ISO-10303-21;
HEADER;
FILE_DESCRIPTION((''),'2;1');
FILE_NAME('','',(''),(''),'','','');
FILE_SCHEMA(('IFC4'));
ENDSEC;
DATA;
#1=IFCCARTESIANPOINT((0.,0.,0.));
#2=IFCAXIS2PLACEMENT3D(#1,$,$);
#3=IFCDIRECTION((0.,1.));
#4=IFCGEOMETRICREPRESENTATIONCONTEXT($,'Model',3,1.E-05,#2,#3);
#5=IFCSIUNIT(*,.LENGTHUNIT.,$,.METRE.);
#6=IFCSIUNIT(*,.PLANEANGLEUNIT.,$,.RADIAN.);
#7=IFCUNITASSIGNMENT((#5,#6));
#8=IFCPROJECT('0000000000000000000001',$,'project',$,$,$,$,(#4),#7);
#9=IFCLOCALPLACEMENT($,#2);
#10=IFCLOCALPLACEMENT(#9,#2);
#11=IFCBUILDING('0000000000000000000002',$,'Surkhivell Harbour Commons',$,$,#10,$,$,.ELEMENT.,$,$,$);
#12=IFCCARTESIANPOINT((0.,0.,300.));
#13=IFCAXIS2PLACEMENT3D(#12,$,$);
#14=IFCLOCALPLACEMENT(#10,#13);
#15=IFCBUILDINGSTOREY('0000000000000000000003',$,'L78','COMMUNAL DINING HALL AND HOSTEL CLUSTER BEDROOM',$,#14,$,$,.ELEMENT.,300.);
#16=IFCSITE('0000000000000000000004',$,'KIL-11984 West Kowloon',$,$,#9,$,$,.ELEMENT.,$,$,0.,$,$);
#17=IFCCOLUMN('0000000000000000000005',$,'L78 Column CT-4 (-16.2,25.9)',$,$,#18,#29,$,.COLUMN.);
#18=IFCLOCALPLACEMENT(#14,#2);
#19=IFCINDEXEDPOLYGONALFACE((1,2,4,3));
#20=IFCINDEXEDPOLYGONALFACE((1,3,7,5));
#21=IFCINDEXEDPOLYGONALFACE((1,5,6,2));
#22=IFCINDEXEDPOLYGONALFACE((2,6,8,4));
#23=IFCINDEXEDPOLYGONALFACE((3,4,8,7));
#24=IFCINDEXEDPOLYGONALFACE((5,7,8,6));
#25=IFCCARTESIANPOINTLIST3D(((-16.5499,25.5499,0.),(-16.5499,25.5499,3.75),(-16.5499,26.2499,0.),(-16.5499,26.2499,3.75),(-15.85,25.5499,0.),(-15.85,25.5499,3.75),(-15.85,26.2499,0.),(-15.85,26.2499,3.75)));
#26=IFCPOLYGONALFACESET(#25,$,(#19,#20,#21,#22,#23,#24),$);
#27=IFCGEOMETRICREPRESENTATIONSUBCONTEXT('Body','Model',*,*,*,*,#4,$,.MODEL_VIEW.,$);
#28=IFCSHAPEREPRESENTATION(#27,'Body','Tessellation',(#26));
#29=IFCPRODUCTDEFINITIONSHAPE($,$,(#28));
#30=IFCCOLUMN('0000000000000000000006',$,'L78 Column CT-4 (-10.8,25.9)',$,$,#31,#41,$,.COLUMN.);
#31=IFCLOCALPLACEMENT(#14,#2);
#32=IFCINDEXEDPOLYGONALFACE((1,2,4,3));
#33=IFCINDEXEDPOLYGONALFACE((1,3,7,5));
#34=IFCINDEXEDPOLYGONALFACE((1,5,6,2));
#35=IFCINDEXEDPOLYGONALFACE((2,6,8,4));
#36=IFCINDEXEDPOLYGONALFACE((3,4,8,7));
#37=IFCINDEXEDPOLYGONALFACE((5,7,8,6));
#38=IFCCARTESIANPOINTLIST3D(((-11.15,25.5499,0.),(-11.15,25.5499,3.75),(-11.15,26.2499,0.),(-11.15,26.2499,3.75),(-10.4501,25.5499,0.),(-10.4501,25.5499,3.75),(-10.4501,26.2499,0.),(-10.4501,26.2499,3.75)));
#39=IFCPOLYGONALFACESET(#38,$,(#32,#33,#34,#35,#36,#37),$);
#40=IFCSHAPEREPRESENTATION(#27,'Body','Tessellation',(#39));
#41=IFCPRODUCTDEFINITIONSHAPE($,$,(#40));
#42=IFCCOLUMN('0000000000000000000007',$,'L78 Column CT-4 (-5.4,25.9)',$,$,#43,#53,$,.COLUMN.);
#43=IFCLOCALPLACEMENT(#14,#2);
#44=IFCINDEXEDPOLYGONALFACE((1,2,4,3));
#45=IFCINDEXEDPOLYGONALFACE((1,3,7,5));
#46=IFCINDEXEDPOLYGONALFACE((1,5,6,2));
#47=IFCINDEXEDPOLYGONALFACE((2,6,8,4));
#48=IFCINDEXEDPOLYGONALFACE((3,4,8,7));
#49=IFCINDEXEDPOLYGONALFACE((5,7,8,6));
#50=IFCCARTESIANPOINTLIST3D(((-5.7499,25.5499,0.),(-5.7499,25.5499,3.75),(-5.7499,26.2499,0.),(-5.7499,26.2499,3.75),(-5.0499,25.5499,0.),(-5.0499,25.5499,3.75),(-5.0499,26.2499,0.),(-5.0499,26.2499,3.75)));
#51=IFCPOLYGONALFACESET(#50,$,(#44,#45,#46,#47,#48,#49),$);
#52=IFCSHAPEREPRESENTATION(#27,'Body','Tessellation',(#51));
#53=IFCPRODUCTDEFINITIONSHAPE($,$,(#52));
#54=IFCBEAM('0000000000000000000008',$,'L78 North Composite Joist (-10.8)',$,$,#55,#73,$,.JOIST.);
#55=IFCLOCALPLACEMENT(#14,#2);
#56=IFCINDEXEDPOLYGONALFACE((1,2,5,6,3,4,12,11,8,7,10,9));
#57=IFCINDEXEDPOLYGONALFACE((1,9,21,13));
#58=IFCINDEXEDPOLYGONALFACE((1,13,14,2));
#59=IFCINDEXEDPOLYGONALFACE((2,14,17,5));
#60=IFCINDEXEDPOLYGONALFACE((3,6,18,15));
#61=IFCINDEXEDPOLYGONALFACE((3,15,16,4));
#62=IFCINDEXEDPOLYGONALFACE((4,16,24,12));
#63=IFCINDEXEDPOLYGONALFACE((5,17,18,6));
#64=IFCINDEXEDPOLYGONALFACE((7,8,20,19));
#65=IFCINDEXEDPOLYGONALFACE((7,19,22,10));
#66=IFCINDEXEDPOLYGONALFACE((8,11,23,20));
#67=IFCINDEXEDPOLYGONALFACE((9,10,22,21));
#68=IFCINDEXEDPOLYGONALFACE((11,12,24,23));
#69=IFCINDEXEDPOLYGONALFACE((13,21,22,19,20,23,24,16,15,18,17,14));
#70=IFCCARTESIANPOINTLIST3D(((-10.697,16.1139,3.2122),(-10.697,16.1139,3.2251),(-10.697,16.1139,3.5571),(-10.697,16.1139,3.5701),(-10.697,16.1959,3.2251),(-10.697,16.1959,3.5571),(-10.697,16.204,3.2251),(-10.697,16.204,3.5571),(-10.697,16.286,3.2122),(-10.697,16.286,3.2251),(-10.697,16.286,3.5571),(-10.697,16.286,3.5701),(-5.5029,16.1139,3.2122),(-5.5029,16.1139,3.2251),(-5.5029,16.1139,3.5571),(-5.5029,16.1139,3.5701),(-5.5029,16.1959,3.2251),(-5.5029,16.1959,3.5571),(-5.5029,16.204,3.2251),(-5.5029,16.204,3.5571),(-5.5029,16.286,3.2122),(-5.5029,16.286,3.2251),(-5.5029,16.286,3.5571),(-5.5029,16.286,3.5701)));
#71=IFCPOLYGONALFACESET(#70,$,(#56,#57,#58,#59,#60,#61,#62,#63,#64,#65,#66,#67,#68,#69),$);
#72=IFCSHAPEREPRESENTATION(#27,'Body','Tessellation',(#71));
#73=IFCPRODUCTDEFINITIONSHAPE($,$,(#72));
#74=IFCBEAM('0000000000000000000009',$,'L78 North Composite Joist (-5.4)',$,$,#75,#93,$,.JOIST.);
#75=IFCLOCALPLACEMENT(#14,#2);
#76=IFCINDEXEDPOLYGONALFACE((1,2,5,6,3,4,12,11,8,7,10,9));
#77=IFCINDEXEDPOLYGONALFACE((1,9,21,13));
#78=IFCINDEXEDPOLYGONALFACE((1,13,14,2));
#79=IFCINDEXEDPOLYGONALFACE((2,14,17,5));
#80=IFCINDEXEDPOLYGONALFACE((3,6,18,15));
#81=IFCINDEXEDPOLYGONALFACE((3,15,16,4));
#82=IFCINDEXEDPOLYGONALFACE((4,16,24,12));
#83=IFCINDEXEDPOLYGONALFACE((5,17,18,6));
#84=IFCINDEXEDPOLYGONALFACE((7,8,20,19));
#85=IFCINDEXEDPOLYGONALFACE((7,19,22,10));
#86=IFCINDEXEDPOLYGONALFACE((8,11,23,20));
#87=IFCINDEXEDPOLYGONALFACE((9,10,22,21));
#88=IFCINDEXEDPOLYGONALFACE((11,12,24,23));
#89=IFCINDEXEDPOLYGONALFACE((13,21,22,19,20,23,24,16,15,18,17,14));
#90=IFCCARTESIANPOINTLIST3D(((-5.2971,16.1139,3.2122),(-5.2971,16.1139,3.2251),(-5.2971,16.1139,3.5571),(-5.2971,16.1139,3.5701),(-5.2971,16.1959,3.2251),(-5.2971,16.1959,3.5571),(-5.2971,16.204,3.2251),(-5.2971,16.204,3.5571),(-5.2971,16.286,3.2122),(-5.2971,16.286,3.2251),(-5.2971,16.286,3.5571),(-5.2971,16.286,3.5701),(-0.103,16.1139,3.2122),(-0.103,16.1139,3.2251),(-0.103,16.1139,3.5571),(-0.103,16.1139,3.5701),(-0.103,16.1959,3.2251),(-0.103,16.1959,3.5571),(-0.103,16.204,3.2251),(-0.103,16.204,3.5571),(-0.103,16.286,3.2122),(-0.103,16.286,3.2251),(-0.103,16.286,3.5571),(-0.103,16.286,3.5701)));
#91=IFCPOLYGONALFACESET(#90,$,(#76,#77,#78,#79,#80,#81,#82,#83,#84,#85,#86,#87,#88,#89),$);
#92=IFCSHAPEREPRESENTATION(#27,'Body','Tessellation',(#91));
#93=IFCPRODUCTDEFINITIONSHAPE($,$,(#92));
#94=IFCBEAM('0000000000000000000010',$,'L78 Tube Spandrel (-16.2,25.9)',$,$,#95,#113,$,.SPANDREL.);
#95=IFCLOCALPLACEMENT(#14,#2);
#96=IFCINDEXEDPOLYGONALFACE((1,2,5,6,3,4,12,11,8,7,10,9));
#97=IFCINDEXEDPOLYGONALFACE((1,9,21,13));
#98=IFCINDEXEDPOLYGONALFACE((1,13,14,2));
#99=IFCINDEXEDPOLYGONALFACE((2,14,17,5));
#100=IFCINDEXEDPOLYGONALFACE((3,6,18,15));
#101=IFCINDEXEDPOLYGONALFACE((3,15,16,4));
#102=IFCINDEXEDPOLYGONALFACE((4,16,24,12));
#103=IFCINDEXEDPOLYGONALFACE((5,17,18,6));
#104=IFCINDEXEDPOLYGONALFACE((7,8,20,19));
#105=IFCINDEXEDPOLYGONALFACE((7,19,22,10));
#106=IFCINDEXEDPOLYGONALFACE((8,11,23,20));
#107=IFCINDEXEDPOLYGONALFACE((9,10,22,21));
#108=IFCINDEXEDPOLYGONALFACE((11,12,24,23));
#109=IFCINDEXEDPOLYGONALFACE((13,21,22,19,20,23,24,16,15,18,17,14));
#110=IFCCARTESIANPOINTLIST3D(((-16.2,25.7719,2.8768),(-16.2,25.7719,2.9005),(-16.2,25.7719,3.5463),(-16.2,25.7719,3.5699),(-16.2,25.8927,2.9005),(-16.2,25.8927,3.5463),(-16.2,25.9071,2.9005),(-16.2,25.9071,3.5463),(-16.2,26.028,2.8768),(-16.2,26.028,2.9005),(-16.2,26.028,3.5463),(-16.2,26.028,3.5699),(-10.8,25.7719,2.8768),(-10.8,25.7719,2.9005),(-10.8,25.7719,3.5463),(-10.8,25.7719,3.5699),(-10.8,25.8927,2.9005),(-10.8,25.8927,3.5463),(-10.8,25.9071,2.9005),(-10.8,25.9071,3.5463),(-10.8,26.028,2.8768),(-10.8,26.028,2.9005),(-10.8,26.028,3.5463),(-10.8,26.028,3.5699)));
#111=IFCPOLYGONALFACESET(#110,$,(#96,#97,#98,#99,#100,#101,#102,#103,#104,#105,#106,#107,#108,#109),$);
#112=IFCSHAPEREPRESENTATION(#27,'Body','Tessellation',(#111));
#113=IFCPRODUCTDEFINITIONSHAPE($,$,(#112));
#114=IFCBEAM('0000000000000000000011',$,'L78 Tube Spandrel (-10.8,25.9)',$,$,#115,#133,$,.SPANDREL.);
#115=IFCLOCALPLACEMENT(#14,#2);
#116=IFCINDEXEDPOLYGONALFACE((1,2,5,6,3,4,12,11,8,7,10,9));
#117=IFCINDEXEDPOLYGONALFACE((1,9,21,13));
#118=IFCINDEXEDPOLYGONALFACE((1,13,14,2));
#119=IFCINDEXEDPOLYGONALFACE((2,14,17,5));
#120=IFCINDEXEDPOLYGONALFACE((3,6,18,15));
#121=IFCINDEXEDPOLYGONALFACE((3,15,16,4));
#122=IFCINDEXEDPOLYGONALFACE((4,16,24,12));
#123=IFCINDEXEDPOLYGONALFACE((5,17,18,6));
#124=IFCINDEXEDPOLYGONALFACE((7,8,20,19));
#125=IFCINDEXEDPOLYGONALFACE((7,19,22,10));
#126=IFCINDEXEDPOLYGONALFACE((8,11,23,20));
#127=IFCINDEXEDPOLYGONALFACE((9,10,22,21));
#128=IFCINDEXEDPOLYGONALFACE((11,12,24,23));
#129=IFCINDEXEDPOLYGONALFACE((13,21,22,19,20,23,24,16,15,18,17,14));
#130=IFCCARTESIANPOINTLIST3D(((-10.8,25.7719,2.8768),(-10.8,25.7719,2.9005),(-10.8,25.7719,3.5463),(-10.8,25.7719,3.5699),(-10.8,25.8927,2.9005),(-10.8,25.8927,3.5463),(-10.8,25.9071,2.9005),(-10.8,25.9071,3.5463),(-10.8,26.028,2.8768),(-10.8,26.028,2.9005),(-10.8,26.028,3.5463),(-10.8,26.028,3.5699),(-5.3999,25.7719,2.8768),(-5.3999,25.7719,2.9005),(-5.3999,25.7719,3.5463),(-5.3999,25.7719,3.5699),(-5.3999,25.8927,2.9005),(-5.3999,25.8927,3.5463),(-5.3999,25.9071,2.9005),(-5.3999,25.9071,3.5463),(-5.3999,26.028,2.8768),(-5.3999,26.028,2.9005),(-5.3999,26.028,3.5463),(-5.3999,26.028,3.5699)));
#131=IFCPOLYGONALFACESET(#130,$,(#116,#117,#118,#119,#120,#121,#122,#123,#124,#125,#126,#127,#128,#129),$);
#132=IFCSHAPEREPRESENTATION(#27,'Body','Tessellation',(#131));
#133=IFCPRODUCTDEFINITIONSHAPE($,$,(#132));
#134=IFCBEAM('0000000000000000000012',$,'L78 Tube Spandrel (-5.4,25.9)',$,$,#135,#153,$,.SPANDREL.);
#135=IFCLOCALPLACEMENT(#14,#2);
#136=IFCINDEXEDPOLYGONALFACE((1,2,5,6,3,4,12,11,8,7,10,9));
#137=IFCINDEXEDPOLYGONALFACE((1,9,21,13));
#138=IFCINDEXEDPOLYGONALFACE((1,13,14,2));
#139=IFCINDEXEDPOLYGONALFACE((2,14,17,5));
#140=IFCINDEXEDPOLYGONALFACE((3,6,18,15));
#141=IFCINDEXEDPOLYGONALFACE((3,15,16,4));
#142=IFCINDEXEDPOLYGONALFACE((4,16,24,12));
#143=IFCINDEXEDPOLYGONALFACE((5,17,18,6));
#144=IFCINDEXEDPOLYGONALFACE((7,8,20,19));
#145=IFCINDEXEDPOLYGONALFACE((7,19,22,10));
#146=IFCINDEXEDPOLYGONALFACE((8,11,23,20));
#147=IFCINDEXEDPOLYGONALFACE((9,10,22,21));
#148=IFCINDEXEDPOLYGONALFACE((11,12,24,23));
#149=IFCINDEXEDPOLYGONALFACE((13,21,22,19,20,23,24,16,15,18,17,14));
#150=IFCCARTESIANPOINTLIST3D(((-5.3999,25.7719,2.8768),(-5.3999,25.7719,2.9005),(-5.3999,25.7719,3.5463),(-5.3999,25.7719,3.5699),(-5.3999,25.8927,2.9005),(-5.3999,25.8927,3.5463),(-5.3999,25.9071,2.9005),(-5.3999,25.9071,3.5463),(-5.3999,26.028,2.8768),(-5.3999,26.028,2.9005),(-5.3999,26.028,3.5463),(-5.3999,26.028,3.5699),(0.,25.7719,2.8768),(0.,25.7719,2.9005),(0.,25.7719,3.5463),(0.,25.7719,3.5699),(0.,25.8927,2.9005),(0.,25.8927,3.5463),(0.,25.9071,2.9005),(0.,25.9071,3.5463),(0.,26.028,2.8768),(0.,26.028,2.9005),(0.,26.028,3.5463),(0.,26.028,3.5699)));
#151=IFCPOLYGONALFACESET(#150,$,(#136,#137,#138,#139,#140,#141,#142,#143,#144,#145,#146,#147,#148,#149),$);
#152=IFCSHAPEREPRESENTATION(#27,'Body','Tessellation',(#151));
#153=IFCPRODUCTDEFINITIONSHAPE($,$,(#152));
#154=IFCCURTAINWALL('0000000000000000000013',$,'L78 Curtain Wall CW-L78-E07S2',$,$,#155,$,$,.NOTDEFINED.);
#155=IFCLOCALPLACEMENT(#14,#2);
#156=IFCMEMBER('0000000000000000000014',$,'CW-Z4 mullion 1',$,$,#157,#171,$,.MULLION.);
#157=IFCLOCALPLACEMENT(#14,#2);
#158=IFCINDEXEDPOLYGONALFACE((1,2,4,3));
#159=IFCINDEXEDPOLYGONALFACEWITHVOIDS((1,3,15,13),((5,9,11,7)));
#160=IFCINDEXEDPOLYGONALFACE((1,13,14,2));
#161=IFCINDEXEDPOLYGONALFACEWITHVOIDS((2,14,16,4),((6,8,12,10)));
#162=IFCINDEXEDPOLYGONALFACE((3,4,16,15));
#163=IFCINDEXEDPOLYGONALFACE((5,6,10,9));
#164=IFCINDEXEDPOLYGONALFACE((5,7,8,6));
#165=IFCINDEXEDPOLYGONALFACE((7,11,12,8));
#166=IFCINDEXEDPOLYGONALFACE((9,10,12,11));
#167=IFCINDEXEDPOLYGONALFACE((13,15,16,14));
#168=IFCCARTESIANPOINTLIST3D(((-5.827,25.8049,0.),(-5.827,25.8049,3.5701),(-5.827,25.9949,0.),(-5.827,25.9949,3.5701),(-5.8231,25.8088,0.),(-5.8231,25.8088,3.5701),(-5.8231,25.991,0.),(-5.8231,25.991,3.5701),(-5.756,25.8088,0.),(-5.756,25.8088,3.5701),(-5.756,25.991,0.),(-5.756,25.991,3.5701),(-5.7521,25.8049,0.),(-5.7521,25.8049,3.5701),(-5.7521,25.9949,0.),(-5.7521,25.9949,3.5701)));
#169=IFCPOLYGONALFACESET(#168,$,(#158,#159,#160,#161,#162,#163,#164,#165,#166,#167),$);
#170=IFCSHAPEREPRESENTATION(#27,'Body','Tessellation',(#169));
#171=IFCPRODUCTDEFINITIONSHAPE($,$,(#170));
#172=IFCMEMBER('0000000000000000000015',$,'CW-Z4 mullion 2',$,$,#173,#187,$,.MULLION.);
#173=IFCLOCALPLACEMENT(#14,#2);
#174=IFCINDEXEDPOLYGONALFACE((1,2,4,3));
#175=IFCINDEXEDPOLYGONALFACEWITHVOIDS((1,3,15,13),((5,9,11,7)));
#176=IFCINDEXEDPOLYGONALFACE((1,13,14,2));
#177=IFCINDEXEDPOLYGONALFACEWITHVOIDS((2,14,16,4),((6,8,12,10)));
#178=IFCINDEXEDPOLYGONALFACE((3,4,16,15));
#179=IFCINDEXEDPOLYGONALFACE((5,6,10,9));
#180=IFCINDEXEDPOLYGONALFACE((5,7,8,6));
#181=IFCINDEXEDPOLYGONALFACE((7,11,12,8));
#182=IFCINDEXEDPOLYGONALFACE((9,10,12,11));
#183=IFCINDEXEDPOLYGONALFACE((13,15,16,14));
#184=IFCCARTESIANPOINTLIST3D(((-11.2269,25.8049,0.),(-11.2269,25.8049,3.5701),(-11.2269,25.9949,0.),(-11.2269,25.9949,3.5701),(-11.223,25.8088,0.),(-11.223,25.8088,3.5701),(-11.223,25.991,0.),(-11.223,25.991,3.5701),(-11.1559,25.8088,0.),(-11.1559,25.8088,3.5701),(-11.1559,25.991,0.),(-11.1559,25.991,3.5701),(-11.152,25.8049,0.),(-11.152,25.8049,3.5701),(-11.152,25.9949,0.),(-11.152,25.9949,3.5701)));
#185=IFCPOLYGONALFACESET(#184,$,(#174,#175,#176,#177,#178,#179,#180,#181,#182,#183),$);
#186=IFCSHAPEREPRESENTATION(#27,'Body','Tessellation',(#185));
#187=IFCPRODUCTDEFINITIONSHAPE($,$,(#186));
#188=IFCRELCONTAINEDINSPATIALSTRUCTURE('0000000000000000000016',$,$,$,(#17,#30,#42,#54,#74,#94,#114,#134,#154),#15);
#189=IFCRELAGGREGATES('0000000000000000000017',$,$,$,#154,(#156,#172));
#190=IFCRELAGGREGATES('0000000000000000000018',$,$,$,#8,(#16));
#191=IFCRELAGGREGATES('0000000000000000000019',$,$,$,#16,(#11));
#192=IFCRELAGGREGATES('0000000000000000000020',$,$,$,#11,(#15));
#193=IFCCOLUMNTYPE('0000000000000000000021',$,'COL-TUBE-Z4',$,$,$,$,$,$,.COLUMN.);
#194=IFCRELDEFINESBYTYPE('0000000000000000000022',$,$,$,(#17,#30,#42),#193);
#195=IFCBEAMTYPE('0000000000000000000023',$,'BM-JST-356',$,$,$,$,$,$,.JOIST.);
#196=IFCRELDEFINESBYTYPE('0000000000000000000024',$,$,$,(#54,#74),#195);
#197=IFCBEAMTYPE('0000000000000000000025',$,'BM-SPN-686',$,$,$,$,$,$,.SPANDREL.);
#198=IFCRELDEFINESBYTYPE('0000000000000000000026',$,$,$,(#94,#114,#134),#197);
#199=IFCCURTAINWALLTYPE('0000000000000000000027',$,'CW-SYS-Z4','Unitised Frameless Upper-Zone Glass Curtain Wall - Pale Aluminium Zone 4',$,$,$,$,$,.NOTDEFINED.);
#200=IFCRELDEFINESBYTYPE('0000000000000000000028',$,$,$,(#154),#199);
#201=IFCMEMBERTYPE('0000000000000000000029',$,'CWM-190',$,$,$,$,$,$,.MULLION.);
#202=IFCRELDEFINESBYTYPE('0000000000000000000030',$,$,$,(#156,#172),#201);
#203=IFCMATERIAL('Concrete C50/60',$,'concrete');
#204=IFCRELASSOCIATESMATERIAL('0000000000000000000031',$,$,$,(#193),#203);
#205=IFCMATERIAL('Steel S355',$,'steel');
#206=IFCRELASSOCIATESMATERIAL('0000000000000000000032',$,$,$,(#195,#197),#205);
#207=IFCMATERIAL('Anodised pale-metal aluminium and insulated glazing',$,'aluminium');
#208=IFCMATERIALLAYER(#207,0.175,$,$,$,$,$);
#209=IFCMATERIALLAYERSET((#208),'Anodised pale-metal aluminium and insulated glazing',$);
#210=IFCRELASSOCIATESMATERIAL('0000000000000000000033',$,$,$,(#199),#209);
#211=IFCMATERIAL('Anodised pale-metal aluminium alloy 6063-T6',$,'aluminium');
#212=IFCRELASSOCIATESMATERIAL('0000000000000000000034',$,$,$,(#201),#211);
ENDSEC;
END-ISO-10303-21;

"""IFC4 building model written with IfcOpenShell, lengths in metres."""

from ifc_helpers import new_model, si_unit, direction, frame, origin, origin_2d, place, context, subcontext, project, spatial, rectangle, hollow_rectangle, i_section, extrude, material, layer, layer_set, material_profile, profile_set, type_object, element, aggregate, save


model = new_model("IFC4")

# Units and contexts
model_context = context("Model", 3, precision=1e-05, world=origin(), true_north=direction((0.0, 1.0)))
body_context = subcontext(model_context, "Body", "Model", "MODEL_VIEW")
ifc_project = project(units=[si_unit("LENGTHUNIT", "METRE"), si_unit("PLANEANGLEUNIT", "RADIAN")], contexts=[model_context])

# Site, building, storey
site_placement = place(None, origin())
site = spatial("IfcSite", under=ifc_project, at=site_placement, Name="KIL-11984 West Kowloon", CompositionType="ELEMENT", RefElevation=0.0)
building_placement = place(site_placement, origin())
building = spatial("IfcBuilding", under=site, at=building_placement, Name="Surkhivell Harbour Commons", CompositionType="ELEMENT")
storey_placement = place(building_placement, frame((0.0, 0.0, 300.0)))
storey = spatial("IfcBuildingStorey", under=building, at=storey_placement, Name="L78", Description="COMMUNAL DINING HALL AND HOSTEL CLUSTER BEDROOM", CompositionType="ELEMENT", Elevation=300.0)

# Columns
ifc_material_1 = material(Name="Concrete C50/60", Category="concrete")
ifc_material_profile_1 = material_profile(ifc_material_1, rectangle(XDim=0.7, YDim=0.7, at=origin_2d()), Name="RC-COL-700x700")
ifc_profile_set_1 = profile_set([ifc_material_profile_1], Name="Concrete C50/60")
column_type = type_object("IfcColumnType", Name="COL-TUBE-Z4", PredefinedType="COLUMN", material=ifc_profile_set_1)
for number, where, z_axis, x_axis, name in (
    (1, (-16.2, 25.8999, 0.0), (0.0, 0.0, 1.0), (1.0, 0.0, 0.0), "L78 Column CT-4 (-16.2,25.9)"),
    (2, (-10.8, 25.8999, 0.0), (0.0, 0.0, 1.0), (1.0, 0.0, 0.0), "L78 Column CT-4 (-10.8,25.9)"),
    (3, (-5.3999, 25.8999, 0.0), (0.0, 0.0, 1.0), (1.0, 0.0, 0.0), "L78 Column CT-4 (-5.4,25.9)"),
):
    element("IfcColumn", number, at=place(storey_placement, frame(where, z_axis=z_axis, x_axis=x_axis)), inside=storey, type_object=column_type, Name=name, PredefinedType="COLUMN", context=body_context, shape_type="SweptSolid", body=[
        extrude(rectangle(XDim=0.7, YDim=0.7, at=origin_2d()), origin(), (0.0, 0.0, 1.0), 3.75),
    ])

# Beams
ifc_material_2 = material(Name="Steel S355", Category="steel")
ifc_material_profile_2 = material_profile(ifc_material_2, i_section(OverallWidth=0.1721, OverallDepth=0.3579, WebThickness=0.0081, FlangeThickness=0.0129, at=origin_2d()), Name="UB356x171x57")
ifc_profile_set_2 = profile_set([ifc_material_profile_2], Name="Steel S355")
beam_type_1 = type_object("IfcBeamType", Name="BM-JST-356", PredefinedType="JOIST", material=ifc_profile_set_2)
for number, where, z_axis, x_axis, name in (
    (4, (-10.697, 16.2, 3.3911), (1.0, 0.0, 0.0), (0.0, 1.0, 0.0), "L78 North Composite Joist (-10.8)"),
    (5, (-5.2971, 16.2, 3.3911), (1.0, 0.0, 0.0), (0.0, 1.0, 0.0), "L78 North Composite Joist (-5.4)"),
):
    element("IfcBeam", number, at=place(storey_placement, frame(where, z_axis=z_axis, x_axis=x_axis)), inside=storey, type_object=beam_type_1, Name=name, PredefinedType="JOIST", context=body_context, shape_type="SweptSolid", body=[
        extrude(i_section(OverallWidth=0.1721, OverallDepth=0.3579, WebThickness=0.0081, FlangeThickness=0.0129, at=origin_2d()), origin(), (0.0, 0.0, 1.0), 5.1941),
    ])
ifc_material_profile_3 = material_profile(ifc_material_2, i_section(OverallWidth=0.2561, OverallDepth=0.6931, WebThickness=0.0144, FlangeThickness=0.0237, at=origin_2d()), Name="UB686x254x170")
ifc_profile_set_3 = profile_set([ifc_material_profile_3], Name="Steel S355")
beam_type_2 = type_object("IfcBeamType", Name="BM-SPN-686", PredefinedType="SPANDREL", material=ifc_profile_set_3)
beam_1_placement = place(storey_placement, frame((-16.2, 25.8999, 3.2234), z_axis=(1.0, 0.0, 0.0), x_axis=(0.0, 1.0, 0.0)))
element("IfcBeam", 6, at=beam_1_placement, inside=storey, type_object=beam_type_2, Name="L78 Tube Spandrel (-16.2,25.9)", PredefinedType="SPANDREL", context=body_context, shape_type="SweptSolid", body=[
    extrude(i_section(OverallWidth=0.2561, OverallDepth=0.6931, WebThickness=0.0144, FlangeThickness=0.0237, at=origin_2d()), origin(), (0.0, 0.0, 1.0), 5.3999),
])
beam_2_placement = place(storey_placement, frame((-10.8, 25.8999, 3.2234), z_axis=(1.0, 0.0, 0.0), x_axis=(0.0, 1.0, 0.0)))
element("IfcBeam", 7, at=beam_2_placement, inside=storey, type_object=beam_type_2, Name="L78 Tube Spandrel (-10.8,25.9)", PredefinedType="SPANDREL", context=body_context, shape_type="SweptSolid", body=[
    extrude(i_section(OverallWidth=0.2561, OverallDepth=0.6931, WebThickness=0.0144, FlangeThickness=0.0237, at=origin_2d()), origin(), (0.0, 0.0, 1.0), 5.4001),
])
beam_3_placement = place(storey_placement, frame((-5.3999, 25.8999, 3.2234), z_axis=(1.0, 0.0, 0.0), x_axis=(0.0, 1.0, 0.0)))
element("IfcBeam", 8, at=beam_3_placement, inside=storey, type_object=beam_type_2, Name="L78 Tube Spandrel (-5.4,25.9)", PredefinedType="SPANDREL", context=body_context, shape_type="SweptSolid", body=[
    extrude(i_section(OverallWidth=0.2561, OverallDepth=0.6931, WebThickness=0.0144, FlangeThickness=0.0237, at=origin_2d()), origin(), (0.0, 0.0, 1.0), 5.3999),
])

# Curtain wall, members
ifc_material_3 = material(Name="Anodised pale-metal aluminium and insulated glazing", Category="aluminium")
ifc_layer_1 = layer(ifc_material_3, 0.175)
ifc_layer_set_1 = layer_set([ifc_layer_1], Name="Anodised pale-metal aluminium and insulated glazing")
curtain_wall_type = type_object("IfcCurtainWallType", Name="CW-SYS-Z4", Description="Unitised Frameless Upper-Zone Glass Curtain Wall - Pale Aluminium Zone 4", PredefinedType="NOTDEFINED", material=ifc_layer_set_1)
curtain_wall_placement = place(storey_placement, origin())
curtain_wall = element("IfcCurtainWall", 9, at=curtain_wall_placement, inside=storey, type_object=curtain_wall_type, Name="L78 Curtain Wall CW-L78-E07S2", PredefinedType="NOTDEFINED")
ifc_material_4 = material(Name="Anodised pale-metal aluminium alloy 6063-T6", Category="aluminium")
ifc_material_profile_4 = material_profile(ifc_material_4, hollow_rectangle(XDim=0.075, YDim=0.1899, WallThickness=0.0039, at=origin_2d()), Name="ALU-MULL-75x190")
ifc_profile_set_4 = profile_set([ifc_material_profile_4], Name="Anodised pale-metal aluminium alloy 6063-T6")
member_type_1 = type_object("IfcMemberType", Name="CWM-190", PredefinedType="MULLION", material=ifc_profile_set_4)
member_1_placement = place(storey_placement, frame((-5.7896, 25.8999, 0.0), z_axis=(0.0, 0.0, 1.0), x_axis=(-1.0, 0.0, 0.0)))
member_1 = element("IfcMember", 10, at=member_1_placement, type_object=member_type_1, Name="CW-Z4 mullion 1", PredefinedType="MULLION", context=body_context, shape_type="SweptSolid", body=[
    extrude(hollow_rectangle(XDim=0.075, YDim=0.1899, WallThickness=0.0039, at=origin_2d()), origin(), (0.0, 0.0, 1.0), 3.5701),
])
member_2_placement = place(storey_placement, frame((-11.1895, 25.8999, 0.0), z_axis=(0.0, 0.0, 1.0), x_axis=(-1.0, 0.0, 0.0)))
member_2 = element("IfcMember", 11, at=member_2_placement, type_object=member_type_1, Name="CW-Z4 mullion 2", PredefinedType="MULLION", context=body_context, shape_type="SweptSolid", body=[
    extrude(hollow_rectangle(XDim=0.075, YDim=0.1899, WallThickness=0.0039, at=origin_2d()), origin(), (0.0, 0.0, 1.0), 3.5701),
])

aggregate(curtain_wall, [member_1, member_2])

save(model, "model.ifc")
